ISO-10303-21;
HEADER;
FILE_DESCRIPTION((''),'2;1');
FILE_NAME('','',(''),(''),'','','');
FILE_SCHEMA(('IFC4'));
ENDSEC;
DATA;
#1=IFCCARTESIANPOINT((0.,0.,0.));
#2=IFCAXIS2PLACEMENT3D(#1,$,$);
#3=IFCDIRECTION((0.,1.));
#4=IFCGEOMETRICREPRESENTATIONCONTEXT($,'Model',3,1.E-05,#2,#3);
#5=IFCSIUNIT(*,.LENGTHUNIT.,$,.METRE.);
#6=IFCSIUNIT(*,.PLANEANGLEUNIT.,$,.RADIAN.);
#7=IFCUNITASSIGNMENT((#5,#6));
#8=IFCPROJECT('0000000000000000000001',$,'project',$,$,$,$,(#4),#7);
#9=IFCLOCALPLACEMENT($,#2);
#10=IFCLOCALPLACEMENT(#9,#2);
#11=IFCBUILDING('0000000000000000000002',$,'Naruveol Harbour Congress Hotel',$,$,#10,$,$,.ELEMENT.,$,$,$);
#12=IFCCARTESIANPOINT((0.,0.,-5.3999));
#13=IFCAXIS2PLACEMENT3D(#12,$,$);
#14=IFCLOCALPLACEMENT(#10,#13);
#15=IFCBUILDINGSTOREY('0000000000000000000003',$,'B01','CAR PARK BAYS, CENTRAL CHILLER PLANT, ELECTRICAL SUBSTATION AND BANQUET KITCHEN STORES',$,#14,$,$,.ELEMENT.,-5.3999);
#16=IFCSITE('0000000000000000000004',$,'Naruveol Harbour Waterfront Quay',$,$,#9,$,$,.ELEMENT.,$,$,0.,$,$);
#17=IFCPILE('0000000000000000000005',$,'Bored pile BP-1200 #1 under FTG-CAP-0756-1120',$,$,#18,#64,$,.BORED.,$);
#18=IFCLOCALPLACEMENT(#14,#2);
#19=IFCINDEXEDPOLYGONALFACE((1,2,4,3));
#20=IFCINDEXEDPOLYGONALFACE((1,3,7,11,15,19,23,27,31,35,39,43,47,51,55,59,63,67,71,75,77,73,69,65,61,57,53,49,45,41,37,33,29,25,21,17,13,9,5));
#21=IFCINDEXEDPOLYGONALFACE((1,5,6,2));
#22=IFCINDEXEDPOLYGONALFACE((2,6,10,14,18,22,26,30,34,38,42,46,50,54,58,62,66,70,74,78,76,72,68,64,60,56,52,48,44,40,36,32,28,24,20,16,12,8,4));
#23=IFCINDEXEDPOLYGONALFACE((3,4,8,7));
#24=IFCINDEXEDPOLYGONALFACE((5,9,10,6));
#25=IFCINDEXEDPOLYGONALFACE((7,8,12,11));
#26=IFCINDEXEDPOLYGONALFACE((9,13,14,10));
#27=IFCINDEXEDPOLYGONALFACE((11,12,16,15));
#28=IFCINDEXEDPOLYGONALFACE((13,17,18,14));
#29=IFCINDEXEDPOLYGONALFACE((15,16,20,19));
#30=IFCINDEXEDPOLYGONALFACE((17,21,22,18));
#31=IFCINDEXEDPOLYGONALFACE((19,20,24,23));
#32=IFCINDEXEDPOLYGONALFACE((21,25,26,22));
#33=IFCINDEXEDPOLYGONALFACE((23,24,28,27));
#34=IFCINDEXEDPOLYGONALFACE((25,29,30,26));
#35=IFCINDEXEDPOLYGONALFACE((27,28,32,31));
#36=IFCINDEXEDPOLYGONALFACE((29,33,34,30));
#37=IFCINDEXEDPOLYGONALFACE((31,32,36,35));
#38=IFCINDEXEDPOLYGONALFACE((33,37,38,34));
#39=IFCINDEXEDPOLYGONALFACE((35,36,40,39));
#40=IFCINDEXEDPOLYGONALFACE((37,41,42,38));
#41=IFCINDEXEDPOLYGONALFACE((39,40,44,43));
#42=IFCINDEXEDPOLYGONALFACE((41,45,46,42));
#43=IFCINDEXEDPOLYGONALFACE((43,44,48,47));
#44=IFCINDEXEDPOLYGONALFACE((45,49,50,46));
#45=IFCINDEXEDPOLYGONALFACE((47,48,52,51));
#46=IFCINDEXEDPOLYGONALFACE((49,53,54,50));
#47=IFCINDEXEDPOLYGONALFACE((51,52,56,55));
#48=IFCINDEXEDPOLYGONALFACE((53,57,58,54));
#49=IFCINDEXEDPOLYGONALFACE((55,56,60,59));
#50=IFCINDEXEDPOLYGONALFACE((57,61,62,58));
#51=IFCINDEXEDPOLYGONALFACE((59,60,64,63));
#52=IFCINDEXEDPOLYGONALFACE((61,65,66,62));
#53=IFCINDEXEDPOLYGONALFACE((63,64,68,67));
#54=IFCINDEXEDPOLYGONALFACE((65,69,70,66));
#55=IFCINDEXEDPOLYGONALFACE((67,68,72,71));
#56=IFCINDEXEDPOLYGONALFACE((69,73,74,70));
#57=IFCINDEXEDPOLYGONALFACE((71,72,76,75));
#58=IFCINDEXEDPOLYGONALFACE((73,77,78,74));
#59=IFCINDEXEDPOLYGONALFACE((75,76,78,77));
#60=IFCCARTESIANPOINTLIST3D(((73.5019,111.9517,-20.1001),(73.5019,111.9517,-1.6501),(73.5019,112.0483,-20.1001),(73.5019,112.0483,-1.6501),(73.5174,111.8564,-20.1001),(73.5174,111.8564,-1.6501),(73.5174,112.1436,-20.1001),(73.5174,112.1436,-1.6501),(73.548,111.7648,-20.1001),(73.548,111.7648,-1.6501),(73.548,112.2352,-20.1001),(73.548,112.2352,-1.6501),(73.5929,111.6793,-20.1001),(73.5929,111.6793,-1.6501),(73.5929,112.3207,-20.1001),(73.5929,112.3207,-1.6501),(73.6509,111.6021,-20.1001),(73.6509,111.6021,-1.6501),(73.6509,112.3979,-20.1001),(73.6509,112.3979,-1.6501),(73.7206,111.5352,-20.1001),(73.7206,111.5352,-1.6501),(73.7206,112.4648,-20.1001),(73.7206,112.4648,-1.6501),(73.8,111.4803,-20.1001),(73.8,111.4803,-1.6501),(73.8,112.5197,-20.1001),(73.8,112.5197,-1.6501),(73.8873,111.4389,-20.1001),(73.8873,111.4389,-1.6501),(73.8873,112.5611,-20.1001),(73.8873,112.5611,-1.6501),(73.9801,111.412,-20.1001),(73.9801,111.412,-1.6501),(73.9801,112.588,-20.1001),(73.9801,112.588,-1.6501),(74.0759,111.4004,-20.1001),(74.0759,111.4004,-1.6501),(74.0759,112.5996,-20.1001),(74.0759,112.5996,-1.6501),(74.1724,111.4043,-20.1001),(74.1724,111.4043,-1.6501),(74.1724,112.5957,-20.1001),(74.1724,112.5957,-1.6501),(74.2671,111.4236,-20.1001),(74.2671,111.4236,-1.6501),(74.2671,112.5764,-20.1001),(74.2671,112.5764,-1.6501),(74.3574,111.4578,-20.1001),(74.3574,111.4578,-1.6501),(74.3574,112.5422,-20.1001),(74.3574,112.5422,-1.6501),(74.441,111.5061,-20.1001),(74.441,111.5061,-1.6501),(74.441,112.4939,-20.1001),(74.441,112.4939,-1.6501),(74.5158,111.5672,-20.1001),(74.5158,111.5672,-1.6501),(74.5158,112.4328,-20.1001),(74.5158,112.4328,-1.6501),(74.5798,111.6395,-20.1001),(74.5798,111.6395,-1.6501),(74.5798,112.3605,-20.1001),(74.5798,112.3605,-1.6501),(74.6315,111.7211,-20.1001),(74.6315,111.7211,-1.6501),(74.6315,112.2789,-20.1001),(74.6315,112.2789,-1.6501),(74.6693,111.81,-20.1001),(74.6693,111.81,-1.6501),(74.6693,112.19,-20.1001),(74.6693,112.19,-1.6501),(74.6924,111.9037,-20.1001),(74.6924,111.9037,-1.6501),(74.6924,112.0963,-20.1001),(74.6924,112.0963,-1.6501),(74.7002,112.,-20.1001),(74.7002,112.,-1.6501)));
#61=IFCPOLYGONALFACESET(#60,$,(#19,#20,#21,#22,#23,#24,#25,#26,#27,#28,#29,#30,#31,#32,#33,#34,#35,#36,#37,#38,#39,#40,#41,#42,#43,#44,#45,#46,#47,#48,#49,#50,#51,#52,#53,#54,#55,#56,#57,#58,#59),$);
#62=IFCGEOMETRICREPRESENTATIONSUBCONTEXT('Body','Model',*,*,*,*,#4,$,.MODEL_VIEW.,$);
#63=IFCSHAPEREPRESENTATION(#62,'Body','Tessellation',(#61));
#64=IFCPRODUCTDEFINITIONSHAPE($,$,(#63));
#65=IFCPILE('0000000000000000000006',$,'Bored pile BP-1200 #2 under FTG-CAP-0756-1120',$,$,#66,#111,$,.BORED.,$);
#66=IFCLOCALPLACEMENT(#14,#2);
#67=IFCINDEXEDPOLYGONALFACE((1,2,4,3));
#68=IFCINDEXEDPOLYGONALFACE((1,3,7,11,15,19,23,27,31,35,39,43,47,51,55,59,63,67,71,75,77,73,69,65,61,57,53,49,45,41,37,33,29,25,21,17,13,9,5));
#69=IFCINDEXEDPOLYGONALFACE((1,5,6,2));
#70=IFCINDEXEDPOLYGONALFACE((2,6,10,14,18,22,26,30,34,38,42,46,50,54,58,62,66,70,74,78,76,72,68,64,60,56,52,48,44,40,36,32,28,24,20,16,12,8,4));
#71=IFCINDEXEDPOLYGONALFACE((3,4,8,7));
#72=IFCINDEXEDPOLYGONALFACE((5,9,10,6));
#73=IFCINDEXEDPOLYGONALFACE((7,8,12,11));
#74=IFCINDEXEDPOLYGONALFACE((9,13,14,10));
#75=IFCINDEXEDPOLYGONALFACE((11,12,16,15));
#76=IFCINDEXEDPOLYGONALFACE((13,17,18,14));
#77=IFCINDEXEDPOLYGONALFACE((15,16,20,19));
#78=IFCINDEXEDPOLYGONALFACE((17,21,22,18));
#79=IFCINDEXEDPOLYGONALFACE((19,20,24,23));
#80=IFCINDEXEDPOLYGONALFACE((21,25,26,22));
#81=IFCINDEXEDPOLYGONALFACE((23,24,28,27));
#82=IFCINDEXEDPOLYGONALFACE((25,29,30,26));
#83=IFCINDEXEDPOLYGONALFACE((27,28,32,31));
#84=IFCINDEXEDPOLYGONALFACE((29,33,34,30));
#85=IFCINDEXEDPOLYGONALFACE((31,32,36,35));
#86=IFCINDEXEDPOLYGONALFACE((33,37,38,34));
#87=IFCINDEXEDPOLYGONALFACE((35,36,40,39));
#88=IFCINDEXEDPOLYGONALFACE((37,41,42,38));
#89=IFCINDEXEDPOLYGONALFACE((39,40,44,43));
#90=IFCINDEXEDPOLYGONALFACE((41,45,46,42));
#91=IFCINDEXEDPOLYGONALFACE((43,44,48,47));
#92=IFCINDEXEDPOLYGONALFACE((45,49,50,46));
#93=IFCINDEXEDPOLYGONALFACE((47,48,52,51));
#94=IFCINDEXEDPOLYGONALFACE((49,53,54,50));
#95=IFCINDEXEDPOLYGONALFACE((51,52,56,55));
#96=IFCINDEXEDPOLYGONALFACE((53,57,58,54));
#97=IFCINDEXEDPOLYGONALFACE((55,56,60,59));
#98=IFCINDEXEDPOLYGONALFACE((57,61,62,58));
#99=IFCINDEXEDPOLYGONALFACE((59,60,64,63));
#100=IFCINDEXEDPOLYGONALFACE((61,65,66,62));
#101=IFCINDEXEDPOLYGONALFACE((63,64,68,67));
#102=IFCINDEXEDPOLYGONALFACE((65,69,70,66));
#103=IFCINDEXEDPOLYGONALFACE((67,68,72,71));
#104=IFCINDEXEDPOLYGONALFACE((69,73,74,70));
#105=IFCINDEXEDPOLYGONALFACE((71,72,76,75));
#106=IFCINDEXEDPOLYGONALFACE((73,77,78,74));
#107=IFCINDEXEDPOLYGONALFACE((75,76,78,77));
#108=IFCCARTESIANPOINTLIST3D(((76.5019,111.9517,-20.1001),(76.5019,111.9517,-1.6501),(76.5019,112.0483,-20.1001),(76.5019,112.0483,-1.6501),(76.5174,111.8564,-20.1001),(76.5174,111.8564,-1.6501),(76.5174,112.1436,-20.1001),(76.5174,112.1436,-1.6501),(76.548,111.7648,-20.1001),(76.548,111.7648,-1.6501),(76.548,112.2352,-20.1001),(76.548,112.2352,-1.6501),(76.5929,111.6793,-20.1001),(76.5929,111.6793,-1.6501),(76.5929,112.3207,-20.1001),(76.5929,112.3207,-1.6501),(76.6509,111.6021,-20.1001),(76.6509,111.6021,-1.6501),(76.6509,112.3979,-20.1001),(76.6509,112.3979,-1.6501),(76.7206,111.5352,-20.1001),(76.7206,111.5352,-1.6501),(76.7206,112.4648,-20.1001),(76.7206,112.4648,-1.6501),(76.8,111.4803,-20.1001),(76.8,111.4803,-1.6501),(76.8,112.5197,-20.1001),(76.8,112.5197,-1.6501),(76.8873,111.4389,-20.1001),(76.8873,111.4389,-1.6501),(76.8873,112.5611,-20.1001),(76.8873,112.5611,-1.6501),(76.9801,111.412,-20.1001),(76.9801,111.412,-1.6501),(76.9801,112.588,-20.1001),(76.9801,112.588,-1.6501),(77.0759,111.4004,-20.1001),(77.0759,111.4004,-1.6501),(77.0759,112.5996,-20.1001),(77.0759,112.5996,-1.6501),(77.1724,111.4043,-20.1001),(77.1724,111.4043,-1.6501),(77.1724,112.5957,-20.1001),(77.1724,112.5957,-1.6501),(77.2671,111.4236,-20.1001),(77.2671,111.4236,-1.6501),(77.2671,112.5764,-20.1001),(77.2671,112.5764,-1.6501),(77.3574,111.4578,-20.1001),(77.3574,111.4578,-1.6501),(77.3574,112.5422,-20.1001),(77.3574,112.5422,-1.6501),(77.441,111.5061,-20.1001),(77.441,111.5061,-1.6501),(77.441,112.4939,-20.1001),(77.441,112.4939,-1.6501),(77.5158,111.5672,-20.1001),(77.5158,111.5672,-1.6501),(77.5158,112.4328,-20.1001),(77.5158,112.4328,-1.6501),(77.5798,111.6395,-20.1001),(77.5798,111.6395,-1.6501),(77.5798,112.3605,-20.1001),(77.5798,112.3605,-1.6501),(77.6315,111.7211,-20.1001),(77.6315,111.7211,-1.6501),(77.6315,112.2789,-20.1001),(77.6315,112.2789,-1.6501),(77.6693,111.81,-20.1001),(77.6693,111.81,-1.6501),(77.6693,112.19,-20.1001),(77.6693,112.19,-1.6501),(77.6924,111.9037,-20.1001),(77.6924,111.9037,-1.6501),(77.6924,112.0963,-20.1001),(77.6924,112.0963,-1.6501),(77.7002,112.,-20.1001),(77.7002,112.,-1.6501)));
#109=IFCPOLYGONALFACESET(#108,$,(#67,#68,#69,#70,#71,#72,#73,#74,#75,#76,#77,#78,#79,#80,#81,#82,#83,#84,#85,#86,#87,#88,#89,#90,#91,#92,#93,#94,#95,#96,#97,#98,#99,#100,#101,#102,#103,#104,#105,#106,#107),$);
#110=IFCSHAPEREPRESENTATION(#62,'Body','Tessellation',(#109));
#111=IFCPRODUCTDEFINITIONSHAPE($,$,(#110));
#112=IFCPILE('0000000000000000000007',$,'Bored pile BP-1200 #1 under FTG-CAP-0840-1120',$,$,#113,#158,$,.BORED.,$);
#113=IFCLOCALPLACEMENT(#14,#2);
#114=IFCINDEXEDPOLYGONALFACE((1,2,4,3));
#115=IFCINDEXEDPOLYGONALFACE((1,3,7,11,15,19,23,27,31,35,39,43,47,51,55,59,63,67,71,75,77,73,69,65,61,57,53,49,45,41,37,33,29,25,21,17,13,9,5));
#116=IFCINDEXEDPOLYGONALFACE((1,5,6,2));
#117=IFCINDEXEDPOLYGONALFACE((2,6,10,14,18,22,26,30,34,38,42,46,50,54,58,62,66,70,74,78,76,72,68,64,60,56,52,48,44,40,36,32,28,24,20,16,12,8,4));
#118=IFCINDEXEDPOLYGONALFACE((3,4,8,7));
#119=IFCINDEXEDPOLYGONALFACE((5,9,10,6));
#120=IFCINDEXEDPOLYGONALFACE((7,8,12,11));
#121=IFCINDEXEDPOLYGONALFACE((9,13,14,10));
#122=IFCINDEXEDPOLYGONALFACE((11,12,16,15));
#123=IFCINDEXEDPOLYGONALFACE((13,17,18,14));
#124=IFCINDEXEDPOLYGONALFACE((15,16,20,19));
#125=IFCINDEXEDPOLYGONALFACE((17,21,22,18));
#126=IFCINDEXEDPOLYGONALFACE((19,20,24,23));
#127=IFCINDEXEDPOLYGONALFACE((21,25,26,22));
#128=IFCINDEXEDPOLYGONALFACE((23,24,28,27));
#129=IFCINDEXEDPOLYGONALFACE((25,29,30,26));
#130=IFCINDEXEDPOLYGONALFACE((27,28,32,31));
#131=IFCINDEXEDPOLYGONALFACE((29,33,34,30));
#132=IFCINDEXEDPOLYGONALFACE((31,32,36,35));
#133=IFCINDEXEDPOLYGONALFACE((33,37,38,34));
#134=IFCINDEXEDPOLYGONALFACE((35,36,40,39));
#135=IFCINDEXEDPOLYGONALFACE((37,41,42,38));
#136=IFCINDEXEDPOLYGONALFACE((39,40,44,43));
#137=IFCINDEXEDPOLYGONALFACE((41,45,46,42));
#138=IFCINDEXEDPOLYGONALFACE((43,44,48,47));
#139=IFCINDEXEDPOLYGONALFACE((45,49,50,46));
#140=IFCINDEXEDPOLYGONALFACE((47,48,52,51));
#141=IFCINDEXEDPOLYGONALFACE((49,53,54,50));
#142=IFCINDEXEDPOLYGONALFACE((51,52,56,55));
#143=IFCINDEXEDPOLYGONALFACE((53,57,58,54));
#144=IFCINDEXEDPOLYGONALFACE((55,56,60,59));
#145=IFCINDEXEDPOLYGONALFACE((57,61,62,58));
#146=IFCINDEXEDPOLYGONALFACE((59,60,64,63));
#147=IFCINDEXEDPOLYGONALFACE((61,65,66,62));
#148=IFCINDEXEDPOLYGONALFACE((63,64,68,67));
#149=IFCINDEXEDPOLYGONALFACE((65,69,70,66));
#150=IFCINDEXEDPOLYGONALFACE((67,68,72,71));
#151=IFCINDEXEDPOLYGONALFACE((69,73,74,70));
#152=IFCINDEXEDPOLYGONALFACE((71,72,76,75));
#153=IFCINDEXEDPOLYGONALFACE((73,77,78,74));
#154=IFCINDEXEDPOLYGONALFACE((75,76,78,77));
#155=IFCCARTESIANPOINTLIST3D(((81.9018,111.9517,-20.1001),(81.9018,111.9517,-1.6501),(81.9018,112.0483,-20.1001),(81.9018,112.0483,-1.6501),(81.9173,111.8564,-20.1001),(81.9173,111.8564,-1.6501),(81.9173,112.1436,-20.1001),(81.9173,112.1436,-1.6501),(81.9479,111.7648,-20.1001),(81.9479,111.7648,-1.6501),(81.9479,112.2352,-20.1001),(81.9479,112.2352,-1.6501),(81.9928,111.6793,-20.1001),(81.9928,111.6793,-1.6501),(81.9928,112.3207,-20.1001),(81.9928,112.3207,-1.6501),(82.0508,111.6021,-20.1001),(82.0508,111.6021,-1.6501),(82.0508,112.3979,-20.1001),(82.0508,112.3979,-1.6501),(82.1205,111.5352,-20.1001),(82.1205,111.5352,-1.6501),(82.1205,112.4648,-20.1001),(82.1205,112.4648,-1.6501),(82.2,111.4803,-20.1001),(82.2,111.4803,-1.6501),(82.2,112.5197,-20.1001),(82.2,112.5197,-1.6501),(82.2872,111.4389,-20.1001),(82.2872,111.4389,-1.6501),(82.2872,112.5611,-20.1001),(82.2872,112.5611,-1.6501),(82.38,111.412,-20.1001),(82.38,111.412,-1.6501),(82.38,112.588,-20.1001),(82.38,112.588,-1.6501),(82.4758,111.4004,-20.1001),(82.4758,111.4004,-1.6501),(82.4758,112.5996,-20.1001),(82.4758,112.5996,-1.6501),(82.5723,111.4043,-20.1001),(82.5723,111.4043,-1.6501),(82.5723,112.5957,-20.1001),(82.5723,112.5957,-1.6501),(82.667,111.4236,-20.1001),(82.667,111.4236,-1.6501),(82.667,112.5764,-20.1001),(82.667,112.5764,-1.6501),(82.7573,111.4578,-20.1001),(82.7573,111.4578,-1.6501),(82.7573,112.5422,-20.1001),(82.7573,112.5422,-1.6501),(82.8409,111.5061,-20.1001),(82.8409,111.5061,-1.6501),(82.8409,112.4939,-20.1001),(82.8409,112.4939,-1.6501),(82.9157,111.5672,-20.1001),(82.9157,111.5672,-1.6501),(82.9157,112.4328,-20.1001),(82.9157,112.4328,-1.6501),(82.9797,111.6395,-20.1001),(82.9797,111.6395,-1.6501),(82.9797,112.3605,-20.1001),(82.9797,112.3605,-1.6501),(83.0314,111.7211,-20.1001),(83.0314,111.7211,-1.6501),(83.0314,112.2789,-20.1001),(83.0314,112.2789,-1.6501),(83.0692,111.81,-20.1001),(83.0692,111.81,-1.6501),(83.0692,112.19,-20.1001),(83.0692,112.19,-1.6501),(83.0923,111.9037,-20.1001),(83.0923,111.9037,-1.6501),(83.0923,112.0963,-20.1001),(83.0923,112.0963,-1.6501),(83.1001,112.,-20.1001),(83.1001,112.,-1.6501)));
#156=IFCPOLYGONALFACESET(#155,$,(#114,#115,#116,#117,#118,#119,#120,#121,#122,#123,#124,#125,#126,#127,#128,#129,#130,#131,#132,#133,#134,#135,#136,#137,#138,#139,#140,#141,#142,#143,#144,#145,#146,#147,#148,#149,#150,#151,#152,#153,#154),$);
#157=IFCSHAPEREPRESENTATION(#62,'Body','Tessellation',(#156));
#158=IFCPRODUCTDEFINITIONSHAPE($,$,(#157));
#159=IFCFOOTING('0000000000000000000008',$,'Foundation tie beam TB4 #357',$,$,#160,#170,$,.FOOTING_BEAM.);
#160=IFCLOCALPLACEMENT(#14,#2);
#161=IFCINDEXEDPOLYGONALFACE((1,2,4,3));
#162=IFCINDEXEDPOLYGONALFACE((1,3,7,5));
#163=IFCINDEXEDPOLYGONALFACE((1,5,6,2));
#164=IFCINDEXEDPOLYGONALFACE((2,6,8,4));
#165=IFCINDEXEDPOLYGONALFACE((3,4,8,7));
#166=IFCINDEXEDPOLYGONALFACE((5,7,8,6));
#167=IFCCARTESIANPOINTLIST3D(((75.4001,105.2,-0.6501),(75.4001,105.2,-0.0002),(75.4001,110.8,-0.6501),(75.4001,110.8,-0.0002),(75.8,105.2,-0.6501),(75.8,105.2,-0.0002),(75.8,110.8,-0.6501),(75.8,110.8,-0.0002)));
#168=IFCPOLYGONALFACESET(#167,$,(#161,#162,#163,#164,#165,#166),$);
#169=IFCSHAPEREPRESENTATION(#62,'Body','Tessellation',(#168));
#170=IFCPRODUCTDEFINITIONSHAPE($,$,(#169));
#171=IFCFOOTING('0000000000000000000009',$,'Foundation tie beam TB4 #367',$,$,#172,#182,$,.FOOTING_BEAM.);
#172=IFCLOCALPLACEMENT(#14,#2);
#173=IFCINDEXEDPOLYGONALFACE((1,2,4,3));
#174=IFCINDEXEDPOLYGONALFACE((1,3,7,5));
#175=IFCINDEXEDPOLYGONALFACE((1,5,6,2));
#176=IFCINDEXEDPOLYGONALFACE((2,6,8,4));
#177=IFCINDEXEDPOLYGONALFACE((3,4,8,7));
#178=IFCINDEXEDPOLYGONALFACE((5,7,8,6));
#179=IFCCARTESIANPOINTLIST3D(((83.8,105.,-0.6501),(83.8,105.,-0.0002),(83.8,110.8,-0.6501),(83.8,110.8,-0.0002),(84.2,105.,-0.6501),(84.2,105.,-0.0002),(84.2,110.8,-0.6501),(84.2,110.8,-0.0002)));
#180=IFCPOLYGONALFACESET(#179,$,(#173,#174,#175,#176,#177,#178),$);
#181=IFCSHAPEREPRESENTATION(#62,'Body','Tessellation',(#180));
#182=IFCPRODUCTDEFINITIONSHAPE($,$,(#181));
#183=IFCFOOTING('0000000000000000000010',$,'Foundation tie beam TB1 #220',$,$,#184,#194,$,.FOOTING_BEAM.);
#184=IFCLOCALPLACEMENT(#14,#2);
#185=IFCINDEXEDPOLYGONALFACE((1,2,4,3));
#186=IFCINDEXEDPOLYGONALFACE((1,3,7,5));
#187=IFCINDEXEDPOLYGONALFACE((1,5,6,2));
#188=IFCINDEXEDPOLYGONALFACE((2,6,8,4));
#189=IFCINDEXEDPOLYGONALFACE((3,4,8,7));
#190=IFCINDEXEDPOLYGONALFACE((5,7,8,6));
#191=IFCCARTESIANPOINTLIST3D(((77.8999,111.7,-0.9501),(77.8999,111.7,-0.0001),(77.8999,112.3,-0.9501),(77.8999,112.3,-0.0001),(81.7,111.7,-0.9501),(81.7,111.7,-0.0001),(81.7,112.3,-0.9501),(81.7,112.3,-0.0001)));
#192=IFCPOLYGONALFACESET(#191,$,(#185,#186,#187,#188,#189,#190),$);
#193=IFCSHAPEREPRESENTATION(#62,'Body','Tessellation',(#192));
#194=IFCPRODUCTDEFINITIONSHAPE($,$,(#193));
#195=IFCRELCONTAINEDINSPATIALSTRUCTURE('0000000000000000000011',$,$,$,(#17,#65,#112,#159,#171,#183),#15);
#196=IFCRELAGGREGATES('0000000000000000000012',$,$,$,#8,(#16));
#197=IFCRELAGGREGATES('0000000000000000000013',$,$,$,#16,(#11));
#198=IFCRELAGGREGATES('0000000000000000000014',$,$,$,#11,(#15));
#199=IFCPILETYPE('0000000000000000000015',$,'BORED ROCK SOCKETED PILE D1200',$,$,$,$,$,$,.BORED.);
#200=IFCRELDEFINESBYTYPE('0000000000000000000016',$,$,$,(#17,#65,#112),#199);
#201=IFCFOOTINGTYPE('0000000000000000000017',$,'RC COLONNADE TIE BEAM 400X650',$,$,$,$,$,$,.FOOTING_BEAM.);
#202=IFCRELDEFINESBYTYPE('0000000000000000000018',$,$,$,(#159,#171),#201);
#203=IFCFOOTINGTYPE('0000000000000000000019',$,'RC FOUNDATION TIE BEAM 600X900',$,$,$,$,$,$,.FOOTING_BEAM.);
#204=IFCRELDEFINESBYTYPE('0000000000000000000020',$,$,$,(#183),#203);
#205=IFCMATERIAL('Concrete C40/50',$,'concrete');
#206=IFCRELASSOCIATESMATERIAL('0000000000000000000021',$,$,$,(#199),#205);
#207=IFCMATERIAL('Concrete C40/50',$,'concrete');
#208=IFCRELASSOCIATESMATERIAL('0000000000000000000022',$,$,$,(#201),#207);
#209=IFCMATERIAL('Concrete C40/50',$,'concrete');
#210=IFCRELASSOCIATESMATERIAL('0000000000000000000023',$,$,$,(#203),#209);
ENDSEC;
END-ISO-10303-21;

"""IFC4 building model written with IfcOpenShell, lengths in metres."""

from ifc_helpers import new_model, si_unit, direction, frame, origin, origin_2d, place, context, subcontext, project, spatial, rectangle, circle, extrude, material, material_profile, profile_set, type_object, element, save


model = new_model("IFC4")

# Units and contexts
model_context = context("Model", 3, precision=1e-05, world=origin(), true_north=direction((0.0, 1.0)))
body_context = subcontext(model_context, "Body", "Model", "MODEL_VIEW")
ifc_project = project(units=[si_unit("LENGTHUNIT", "METRE"), si_unit("PLANEANGLEUNIT", "RADIAN")], contexts=[model_context])

# Site, building, storey
site_placement = place(None, origin())
site = spatial("IfcSite", under=ifc_project, at=site_placement, Name="Naruveol Harbour Waterfront Quay", CompositionType="ELEMENT", RefElevation=0.0)
building_placement = place(site_placement, origin())
building = spatial("IfcBuilding", under=site, at=building_placement, Name="Naruveol Harbour Congress Hotel", CompositionType="ELEMENT")
storey_placement = place(building_placement, frame((0.0, 0.0, -5.3999)))
storey = spatial("IfcBuildingStorey", under=building, at=storey_placement, Name="B01", Description="CAR PARK BAYS, CENTRAL CHILLER PLANT, ELECTRICAL SUBSTATION AND BANQUET KITCHEN STORES", CompositionType="ELEMENT", Elevation=-5.3999)

# Piles
ifc_material_1 = material(Name="Concrete C40/50", Category="concrete")
ifc_material_profile_1 = material_profile(ifc_material_1, circle(Radius=0.6001, at=origin_2d()), Name="BP-1200")
ifc_profile_set_1 = profile_set([ifc_material_profile_1], Name="Concrete C40/50")
pile_type = type_object("IfcPileType", Name="BORED ROCK SOCKETED PILE D1200", PredefinedType="BORED", material=ifc_profile_set_1)
for number, where, z_axis, x_axis, name in (
    (1, (74.1001, 112.0, -1.6501), (0.0, 0.0, -1.0), (1.0, 0.0, 0.0), "Bored pile BP-1200 #1 under FTG-CAP-0756-1120"),
    (2, (77.1001, 112.0, -1.6501), (0.0, 0.0, -1.0), (1.0, 0.0, 0.0), "Bored pile BP-1200 #2 under FTG-CAP-0756-1120"),
    (3, (82.5, 112.0, -1.6501), (0.0, 0.0, -1.0), (1.0, 0.0, 0.0), "Bored pile BP-1200 #1 under FTG-CAP-0840-1120"),
):
    element("IfcPile", number, at=place(storey_placement, frame(where, z_axis=z_axis, x_axis=x_axis)), inside=storey, type_object=pile_type, Name=name, PredefinedType="BORED", context=body_context, shape_type="SweptSolid", body=[
        extrude(circle(Radius=0.6001, at=origin_2d()), origin(), (0.0, 0.0, 1.0), 18.45),
    ])

# Footings
ifc_material_2 = material(Name="Concrete C40/50", Category="concrete")
ifc_material_profile_2 = material_profile(ifc_material_2, rectangle(XDim=0.3999, YDim=0.6499, at=origin_2d()), Name="RCB-400x650")
ifc_profile_set_2 = profile_set([ifc_material_profile_2], Name="Concrete C40/50")
footing_type_1 = type_object("IfcFootingType", Name="RC COLONNADE TIE BEAM 400X650", PredefinedType="FOOTING_BEAM", material=ifc_profile_set_2)
footing_1_placement = place(storey_placement, frame((75.6001, 105.2, -0.3252), z_axis=(0.0, 1.0, 0.0), x_axis=(-1.0, 0.0, 0.0)))
element("IfcFooting", 4, at=footing_1_placement, inside=storey, type_object=footing_type_1, Name="Foundation tie beam TB4 #357", PredefinedType="FOOTING_BEAM", context=body_context, shape_type="SweptSolid", body=[
    extrude(rectangle(XDim=0.3999, YDim=0.6499, at=origin_2d()), origin(), (0.0, 0.0, 1.0), 5.6001),
])
footing_2_placement = place(storey_placement, frame((84.0, 105.0, -0.3252), z_axis=(0.0, 1.0, 0.0), x_axis=(-1.0, 0.0, 0.0)))
element("IfcFooting", 5, at=footing_2_placement, inside=storey, type_object=footing_type_1, Name="Foundation tie beam TB4 #367", PredefinedType="FOOTING_BEAM", context=body_context, shape_type="SweptSolid", body=[
    extrude(rectangle(XDim=0.3999, YDim=0.6499, at=origin_2d()), origin(), (0.0, 0.0, 1.0), 5.8),
])
ifc_material_3 = material(Name="Concrete C40/50", Category="concrete")
ifc_material_profile_3 = material_profile(ifc_material_3, rectangle(XDim=0.6001, YDim=0.95, at=origin_2d()), Name="RCB-600x950")
ifc_profile_set_3 = profile_set([ifc_material_profile_3], Name="Concrete C40/50")
footing_type_2 = type_object("IfcFootingType", Name="RC FOUNDATION TIE BEAM 600X900", PredefinedType="FOOTING_BEAM", material=ifc_profile_set_3)
footing_3_placement = place(storey_placement, frame((77.8999, 112.0, -0.4751), z_axis=(1.0, 0.0, 0.0), x_axis=(0.0, 1.0, 0.0)))
element("IfcFooting", 6, at=footing_3_placement, inside=storey, type_object=footing_type_2, Name="Foundation tie beam TB1 #220", PredefinedType="FOOTING_BEAM", context=body_context, shape_type="SweptSolid", body=[
    extrude(rectangle(XDim=0.6001, YDim=0.95, at=origin_2d()), origin(), (0.0, 0.0, 1.0), 3.8),
])

save(model, "model.ifc")
